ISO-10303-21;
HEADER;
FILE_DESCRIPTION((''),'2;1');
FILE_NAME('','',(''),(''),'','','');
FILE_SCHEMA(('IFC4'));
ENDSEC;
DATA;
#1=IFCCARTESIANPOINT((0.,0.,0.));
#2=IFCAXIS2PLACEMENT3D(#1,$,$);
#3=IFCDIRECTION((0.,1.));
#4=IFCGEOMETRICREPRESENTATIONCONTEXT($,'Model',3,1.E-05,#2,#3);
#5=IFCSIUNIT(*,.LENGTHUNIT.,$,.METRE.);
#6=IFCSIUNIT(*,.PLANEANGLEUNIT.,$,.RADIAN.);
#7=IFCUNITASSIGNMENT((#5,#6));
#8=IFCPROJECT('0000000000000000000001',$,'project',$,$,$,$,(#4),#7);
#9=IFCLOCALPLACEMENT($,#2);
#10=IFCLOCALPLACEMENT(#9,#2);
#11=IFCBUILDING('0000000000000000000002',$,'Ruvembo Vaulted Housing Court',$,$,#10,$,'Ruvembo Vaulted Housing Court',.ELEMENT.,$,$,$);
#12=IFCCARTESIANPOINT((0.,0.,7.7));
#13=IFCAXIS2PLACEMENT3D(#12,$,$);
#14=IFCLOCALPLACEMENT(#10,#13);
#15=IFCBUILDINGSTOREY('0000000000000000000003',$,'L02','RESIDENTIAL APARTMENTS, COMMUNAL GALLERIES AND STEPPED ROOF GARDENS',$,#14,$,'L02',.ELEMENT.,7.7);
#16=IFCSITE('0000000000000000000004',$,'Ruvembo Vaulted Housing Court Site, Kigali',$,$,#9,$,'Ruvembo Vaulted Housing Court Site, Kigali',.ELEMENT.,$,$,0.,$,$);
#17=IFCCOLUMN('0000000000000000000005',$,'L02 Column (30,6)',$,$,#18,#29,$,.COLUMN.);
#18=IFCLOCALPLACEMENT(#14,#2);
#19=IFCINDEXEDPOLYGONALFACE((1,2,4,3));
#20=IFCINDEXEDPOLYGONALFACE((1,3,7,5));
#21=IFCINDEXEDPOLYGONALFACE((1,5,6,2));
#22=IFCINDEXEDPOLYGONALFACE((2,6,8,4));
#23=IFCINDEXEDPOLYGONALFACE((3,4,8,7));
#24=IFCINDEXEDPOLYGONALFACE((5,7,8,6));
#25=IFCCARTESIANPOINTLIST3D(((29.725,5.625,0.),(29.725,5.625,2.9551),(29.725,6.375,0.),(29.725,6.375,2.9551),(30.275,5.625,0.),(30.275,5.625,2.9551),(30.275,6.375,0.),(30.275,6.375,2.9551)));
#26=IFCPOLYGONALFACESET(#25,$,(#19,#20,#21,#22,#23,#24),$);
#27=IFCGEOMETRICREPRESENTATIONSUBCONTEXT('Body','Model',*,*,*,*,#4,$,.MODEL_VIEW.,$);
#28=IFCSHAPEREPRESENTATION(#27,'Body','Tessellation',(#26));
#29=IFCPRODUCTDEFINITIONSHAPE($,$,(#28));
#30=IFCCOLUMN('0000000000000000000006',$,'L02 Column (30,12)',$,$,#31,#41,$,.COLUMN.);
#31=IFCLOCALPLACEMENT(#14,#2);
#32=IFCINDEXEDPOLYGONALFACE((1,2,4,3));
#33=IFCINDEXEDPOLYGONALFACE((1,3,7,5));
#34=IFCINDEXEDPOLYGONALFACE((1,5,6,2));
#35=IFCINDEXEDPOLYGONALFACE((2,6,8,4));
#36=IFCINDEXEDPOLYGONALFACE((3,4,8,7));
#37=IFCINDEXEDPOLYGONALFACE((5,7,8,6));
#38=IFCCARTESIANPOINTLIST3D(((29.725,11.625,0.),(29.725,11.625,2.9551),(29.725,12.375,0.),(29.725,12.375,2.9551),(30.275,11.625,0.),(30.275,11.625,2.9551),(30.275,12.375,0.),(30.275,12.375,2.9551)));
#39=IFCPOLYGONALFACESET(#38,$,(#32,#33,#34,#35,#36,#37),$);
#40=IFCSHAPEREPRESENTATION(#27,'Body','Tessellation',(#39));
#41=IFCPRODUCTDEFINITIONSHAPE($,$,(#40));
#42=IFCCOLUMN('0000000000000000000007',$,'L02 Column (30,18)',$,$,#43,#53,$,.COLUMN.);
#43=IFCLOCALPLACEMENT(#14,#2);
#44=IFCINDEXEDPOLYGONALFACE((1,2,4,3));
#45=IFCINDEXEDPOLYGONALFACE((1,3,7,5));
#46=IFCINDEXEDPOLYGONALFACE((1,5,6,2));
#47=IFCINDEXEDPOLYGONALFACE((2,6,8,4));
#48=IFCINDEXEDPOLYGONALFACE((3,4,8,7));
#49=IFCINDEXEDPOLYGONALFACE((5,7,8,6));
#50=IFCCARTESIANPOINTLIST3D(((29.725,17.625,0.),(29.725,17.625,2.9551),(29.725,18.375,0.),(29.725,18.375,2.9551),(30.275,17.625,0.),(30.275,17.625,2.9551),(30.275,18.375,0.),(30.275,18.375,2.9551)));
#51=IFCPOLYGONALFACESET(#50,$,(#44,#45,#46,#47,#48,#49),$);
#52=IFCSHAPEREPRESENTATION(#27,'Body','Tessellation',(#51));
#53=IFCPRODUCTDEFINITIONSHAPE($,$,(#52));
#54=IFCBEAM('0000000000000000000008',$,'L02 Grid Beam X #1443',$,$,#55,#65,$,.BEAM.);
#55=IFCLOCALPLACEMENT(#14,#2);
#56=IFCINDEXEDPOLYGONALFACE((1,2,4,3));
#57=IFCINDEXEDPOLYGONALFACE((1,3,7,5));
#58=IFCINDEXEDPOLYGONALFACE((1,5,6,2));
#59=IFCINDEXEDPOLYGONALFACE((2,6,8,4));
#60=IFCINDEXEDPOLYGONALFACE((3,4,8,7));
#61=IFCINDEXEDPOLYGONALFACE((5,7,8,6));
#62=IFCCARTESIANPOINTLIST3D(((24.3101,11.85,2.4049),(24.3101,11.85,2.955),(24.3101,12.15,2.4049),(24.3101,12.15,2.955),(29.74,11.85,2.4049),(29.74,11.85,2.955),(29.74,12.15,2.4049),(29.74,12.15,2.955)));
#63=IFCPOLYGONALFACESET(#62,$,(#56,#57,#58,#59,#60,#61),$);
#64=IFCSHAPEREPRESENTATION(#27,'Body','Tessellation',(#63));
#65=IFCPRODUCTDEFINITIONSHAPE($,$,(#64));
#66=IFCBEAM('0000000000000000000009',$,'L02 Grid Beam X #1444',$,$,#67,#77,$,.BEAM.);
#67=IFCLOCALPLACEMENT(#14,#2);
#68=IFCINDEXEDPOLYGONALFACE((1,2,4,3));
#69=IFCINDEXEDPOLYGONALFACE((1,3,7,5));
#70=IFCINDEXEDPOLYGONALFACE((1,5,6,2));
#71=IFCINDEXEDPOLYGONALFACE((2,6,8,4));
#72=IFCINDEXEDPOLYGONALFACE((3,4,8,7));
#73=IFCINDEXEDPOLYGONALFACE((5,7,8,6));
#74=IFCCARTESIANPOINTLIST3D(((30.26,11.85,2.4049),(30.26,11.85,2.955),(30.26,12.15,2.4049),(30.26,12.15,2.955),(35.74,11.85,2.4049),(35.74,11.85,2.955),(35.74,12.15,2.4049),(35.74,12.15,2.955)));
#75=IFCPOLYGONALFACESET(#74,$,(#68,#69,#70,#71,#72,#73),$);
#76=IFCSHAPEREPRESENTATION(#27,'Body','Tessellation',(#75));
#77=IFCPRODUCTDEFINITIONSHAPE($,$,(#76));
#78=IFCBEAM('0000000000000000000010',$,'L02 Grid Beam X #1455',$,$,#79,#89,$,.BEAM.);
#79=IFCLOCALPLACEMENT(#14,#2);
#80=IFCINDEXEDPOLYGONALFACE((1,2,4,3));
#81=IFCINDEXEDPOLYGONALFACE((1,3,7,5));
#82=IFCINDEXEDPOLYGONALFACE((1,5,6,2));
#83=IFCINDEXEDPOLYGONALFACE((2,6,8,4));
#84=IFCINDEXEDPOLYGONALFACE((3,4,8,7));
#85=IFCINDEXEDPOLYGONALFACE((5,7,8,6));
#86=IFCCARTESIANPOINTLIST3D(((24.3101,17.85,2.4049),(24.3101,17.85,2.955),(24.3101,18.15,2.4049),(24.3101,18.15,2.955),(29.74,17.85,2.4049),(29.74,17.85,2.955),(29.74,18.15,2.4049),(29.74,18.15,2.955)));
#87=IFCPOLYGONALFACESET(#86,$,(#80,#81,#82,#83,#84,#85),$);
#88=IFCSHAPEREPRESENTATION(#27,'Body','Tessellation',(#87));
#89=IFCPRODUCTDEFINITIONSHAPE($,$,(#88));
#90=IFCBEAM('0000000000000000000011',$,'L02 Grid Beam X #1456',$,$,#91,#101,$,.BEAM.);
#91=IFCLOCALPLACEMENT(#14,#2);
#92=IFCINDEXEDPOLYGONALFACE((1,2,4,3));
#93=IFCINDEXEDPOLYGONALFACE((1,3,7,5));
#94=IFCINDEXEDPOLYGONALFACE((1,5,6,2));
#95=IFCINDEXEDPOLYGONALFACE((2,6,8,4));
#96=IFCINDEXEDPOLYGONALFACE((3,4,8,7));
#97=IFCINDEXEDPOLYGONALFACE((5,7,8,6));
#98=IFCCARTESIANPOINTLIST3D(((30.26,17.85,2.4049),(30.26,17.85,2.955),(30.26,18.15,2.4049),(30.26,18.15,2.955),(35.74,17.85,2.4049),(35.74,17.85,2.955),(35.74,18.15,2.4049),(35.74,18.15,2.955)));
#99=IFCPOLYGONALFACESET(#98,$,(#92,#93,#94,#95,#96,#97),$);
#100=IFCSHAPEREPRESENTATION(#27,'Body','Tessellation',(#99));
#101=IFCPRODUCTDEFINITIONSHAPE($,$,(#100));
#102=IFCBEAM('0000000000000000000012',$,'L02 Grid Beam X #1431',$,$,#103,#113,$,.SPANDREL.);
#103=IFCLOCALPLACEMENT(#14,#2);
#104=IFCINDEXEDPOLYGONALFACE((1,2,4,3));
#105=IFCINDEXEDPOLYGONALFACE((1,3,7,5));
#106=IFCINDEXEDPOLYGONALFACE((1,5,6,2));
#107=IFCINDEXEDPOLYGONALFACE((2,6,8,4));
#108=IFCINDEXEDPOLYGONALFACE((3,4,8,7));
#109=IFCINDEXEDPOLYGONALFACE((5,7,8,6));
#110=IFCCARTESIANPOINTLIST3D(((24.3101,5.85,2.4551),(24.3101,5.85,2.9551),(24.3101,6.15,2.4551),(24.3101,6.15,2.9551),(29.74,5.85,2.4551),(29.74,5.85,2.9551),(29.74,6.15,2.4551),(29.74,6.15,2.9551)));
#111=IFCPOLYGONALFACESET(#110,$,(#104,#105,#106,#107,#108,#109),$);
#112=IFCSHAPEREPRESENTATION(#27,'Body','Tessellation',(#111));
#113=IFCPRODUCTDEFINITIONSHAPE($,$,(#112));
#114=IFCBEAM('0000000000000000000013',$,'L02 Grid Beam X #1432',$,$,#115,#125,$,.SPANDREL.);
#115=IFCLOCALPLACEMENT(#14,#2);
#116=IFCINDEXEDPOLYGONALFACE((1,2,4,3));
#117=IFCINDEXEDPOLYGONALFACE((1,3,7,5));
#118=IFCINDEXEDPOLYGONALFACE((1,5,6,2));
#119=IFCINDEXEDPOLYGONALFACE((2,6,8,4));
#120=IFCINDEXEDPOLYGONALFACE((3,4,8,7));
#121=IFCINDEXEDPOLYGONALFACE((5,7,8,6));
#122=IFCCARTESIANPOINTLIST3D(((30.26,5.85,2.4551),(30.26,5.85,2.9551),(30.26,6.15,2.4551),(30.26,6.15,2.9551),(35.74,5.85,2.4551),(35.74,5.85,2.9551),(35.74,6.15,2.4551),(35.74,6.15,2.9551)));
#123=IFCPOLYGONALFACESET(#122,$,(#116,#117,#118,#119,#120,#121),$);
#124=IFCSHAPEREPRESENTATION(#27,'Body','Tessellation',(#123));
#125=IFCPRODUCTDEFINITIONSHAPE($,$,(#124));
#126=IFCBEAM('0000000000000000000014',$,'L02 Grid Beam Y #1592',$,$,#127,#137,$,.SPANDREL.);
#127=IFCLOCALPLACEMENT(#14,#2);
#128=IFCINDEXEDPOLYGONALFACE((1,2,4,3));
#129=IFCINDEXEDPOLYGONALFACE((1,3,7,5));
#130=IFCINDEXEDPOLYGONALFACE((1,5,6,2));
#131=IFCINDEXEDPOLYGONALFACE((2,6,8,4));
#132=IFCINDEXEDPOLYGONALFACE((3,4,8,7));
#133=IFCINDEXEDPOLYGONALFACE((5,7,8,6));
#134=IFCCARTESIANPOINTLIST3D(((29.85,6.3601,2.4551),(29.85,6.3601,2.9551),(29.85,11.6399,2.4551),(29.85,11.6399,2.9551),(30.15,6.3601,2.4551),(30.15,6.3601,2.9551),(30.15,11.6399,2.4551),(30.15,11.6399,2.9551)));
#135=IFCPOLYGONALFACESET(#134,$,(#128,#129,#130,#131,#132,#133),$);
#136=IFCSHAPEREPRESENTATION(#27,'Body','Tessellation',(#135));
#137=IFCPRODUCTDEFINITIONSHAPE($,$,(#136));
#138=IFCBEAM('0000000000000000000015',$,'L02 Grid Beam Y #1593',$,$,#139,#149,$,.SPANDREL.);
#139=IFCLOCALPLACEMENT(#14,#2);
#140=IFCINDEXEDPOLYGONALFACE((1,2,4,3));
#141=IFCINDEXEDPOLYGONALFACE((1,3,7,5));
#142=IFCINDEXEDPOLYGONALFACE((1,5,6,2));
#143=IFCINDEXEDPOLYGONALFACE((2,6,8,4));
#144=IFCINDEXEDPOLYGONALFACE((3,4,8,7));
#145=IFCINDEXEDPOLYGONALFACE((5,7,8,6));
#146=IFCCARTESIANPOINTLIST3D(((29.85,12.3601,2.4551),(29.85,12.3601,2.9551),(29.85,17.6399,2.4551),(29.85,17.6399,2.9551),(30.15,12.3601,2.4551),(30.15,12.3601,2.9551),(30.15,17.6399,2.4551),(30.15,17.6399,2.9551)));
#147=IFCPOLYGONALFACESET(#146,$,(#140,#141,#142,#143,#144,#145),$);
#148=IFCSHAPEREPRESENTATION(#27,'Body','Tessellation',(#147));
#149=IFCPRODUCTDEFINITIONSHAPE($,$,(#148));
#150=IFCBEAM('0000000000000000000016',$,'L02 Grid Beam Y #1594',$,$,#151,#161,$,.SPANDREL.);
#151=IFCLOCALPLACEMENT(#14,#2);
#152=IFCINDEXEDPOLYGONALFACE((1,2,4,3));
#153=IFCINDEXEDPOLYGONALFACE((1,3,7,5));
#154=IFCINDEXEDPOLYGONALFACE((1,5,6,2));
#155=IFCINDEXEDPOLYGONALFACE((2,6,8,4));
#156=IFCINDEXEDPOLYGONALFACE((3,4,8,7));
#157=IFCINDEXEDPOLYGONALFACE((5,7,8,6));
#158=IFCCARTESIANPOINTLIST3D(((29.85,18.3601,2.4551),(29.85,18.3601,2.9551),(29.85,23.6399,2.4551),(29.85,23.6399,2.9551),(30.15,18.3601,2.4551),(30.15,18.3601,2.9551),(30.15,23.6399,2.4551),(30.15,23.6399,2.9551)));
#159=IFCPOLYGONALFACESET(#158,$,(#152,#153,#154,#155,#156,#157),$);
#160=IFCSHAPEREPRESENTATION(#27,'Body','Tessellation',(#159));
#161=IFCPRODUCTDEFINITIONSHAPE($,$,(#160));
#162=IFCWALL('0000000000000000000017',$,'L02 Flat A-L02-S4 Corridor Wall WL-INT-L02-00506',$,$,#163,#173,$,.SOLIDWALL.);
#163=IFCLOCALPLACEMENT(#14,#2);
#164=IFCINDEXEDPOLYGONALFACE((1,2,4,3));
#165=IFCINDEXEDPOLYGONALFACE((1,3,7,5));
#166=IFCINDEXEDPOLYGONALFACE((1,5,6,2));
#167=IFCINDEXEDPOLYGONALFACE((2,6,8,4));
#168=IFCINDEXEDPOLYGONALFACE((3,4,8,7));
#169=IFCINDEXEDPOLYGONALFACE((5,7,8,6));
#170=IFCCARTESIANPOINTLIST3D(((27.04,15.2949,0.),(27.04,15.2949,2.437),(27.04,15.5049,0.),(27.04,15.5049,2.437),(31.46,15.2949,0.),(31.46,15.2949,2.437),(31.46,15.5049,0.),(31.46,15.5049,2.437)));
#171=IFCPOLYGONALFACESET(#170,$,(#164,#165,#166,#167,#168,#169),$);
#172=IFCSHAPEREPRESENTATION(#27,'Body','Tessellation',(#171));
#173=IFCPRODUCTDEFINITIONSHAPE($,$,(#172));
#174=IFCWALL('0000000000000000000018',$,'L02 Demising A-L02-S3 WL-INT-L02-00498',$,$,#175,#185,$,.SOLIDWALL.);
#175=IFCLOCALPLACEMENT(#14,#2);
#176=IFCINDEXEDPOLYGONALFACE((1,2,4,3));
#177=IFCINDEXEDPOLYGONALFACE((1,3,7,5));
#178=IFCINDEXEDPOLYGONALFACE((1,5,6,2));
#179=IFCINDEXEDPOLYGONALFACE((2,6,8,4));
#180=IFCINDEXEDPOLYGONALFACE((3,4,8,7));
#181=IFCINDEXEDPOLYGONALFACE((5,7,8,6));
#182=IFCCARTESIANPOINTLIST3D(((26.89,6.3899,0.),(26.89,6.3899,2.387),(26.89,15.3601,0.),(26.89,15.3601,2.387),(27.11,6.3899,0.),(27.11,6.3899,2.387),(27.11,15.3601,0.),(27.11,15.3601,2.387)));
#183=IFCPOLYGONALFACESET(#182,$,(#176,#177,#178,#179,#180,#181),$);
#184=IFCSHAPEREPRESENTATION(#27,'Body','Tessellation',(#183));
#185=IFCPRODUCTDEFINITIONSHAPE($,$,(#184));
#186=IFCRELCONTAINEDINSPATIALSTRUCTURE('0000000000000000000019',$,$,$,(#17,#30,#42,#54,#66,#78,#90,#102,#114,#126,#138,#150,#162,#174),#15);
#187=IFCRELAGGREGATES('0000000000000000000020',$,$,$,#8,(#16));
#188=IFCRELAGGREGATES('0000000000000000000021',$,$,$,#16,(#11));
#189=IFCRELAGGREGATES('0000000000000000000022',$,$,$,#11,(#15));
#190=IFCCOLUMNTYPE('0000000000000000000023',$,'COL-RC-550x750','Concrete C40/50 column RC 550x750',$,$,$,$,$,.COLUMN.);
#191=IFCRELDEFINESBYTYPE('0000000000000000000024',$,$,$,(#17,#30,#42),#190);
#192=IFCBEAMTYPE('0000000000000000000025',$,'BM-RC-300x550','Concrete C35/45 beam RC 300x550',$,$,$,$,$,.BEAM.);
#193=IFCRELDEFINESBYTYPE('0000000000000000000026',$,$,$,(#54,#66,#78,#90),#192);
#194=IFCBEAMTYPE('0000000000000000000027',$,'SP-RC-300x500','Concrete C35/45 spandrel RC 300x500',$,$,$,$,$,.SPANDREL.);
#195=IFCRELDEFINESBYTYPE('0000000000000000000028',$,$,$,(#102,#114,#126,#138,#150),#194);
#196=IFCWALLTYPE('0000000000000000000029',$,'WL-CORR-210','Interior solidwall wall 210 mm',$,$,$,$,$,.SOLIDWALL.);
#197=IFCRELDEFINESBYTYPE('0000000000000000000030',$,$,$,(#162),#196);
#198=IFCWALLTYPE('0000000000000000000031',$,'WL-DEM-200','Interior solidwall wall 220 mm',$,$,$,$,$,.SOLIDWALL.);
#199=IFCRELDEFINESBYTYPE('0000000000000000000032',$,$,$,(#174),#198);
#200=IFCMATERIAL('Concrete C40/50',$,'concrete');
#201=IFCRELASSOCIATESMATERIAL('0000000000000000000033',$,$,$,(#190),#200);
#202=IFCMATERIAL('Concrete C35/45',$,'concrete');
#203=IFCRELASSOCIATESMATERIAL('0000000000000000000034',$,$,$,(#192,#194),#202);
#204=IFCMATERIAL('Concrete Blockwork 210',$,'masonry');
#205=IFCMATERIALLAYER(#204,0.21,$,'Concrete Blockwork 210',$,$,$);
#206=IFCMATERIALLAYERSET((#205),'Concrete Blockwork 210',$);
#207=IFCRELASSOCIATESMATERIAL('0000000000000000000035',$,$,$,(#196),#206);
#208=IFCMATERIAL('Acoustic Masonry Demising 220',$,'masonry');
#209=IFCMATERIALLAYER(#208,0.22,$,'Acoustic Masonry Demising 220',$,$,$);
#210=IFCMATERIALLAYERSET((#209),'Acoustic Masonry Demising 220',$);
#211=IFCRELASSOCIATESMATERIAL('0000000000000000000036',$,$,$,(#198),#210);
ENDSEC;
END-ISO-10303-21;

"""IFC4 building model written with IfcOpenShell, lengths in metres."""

from ifc_helpers import new_model, si_unit, direction, frame, frame_2d, origin, origin_2d, place, context, subcontext, project, spatial, rectangle, extrude, material, layer, layer_set, material_profile, profile_set, type_object, element, save


model = new_model("IFC4")

# Units and contexts
model_context = context("Model", 3, precision=1e-05, world=origin(), true_north=direction((0.0, 1.0)))
body_context = subcontext(model_context, "Body", "Model", "MODEL_VIEW")
ifc_project = project(units=[si_unit("LENGTHUNIT", "METRE"), si_unit("PLANEANGLEUNIT", "RADIAN")], contexts=[model_context])

# Site, building, storey
site_placement = place(None, origin())
site = spatial("IfcSite", under=ifc_project, at=site_placement, Name="Ruvembo Vaulted Housing Court Site, Kigali", LongName="Ruvembo Vaulted Housing Court Site, Kigali", CompositionType="ELEMENT", RefElevation=0.0)
building_placement = place(site_placement, origin())
building = spatial("IfcBuilding", under=site, at=building_placement, Name="Ruvembo Vaulted Housing Court", LongName="Ruvembo Vaulted Housing Court", CompositionType="ELEMENT")
storey_placement = place(building_placement, frame((0.0, 0.0, 7.7)))
storey = spatial("IfcBuildingStorey", under=building, at=storey_placement, Name="L02", Description="RESIDENTIAL APARTMENTS, COMMUNAL GALLERIES AND STEPPED ROOF GARDENS", LongName="L02", CompositionType="ELEMENT", Elevation=7.7)

# Columns
ifc_material_1 = material(Name="Concrete C40/50", Category="concrete")
ifc_material_profile_1 = material_profile(ifc_material_1, rectangle(XDim=0.55, YDim=0.75, at=origin_2d()), Name="RC 550x750")
ifc_profile_set_1 = profile_set([ifc_material_profile_1], Name="Concrete C40/50")
column_type = type_object("IfcColumnType", Name="COL-RC-550x750", Description="Concrete C40/50 column RC 550x750", PredefinedType="COLUMN", material=ifc_profile_set_1)
for number, where, z_axis, x_axis, name in (
    (1, (30.0, 6.0, 0.0), (0.0, 0.0, 1.0), (1.0, 0.0, 0.0), "L02 Column (30,6)"),
    (2, (30.0, 12.0, 0.0), (0.0, 0.0, 1.0), (1.0, 0.0, 0.0), "L02 Column (30,12)"),
    (3, (30.0, 18.0, 0.0), (0.0, 0.0, 1.0), (1.0, 0.0, 0.0), "L02 Column (30,18)"),
):
    element("IfcColumn", number, at=place(storey_placement, frame(where, z_axis=z_axis, x_axis=x_axis)), inside=storey, type_object=column_type, Name=name, PredefinedType="COLUMN", context=body_context, shape_type="SweptSolid", body=[
        extrude(rectangle(XDim=0.55, YDim=0.75, at=origin_2d()), origin(), (0.0, 0.0, 1.0), 2.9551),
    ])

# Beams
ifc_material_2 = material(Name="Concrete C35/45", Category="concrete")
ifc_material_profile_2 = material_profile(ifc_material_2, rectangle(XDim=0.3, YDim=0.55, at=origin_2d()), Name="RC 300x550")
ifc_profile_set_2 = profile_set([ifc_material_profile_2], Name="Concrete C35/45")
beam_type_1 = type_object("IfcBeamType", Name="BM-RC-300x550", Description="Concrete C35/45 beam RC 300x550", PredefinedType="BEAM", material=ifc_profile_set_2)
beam_1_placement = place(storey_placement, frame((24.3101, 12.0, 2.6799), z_axis=(1.0, 0.0, 0.0), x_axis=(0.0, 1.0, 0.0)))
element("IfcBeam", 4, at=beam_1_placement, inside=storey, type_object=beam_type_1, Name="L02 Grid Beam X #1443", PredefinedType="BEAM", context=body_context, shape_type="SweptSolid", body=[
    extrude(rectangle(XDim=0.3, YDim=0.55, at=origin_2d()), origin(), (0.0, 0.0, 1.0), 5.4299),
])
beam_2_placement = place(storey_placement, frame((30.26, 12.0, 2.6799), z_axis=(1.0, 0.0, 0.0), x_axis=(0.0, 1.0, 0.0)))
element("IfcBeam", 5, at=beam_2_placement, inside=storey, type_object=beam_type_1, Name="L02 Grid Beam X #1444", PredefinedType="BEAM", context=body_context, shape_type="SweptSolid", body=[
    extrude(rectangle(XDim=0.3, YDim=0.55, at=origin_2d()), origin(), (0.0, 0.0, 1.0), 5.48),
])
beam_3_placement = place(storey_placement, frame((24.3101, 18.0, 2.6799), z_axis=(1.0, 0.0, 0.0), x_axis=(0.0, 1.0, 0.0)))
element("IfcBeam", 6, at=beam_3_placement, inside=storey, type_object=beam_type_1, Name="L02 Grid Beam X #1455", PredefinedType="BEAM", context=body_context, shape_type="SweptSolid", body=[
    extrude(rectangle(XDim=0.3, YDim=0.55, at=origin_2d()), origin(), (0.0, 0.0, 1.0), 5.4299),
])
beam_4_placement = place(storey_placement, frame((30.26, 18.0, 2.6799), z_axis=(1.0, 0.0, 0.0), x_axis=(0.0, 1.0, 0.0)))
element("IfcBeam", 7, at=beam_4_placement, inside=storey, type_object=beam_type_1, Name="L02 Grid Beam X #1456", PredefinedType="BEAM", context=body_context, shape_type="SweptSolid", body=[
    extrude(rectangle(XDim=0.3, YDim=0.55, at=origin_2d()), origin(), (0.0, 0.0, 1.0), 5.48),
])
ifc_material_profile_3 = material_profile(ifc_material_2, rectangle(XDim=0.3, YDim=0.5, at=origin_2d()), Name="RC 300x500")
ifc_profile_set_3 = profile_set([ifc_material_profile_3], Name="Concrete C35/45")
beam_type_2 = type_object("IfcBeamType", Name="SP-RC-300x500", Description="Concrete C35/45 spandrel RC 300x500", PredefinedType="SPANDREL", material=ifc_profile_set_3)
beam_5_placement = place(storey_placement, frame((24.3101, 6.0, 2.7051), z_axis=(1.0, 0.0, 0.0), x_axis=(0.0, 1.0, 0.0)))
element("IfcBeam", 8, at=beam_5_placement, inside=storey, type_object=beam_type_2, Name="L02 Grid Beam X #1431", PredefinedType="SPANDREL", context=body_context, shape_type="SweptSolid", body=[
    extrude(rectangle(XDim=0.3, YDim=0.5, at=origin_2d()), origin(), (0.0, 0.0, 1.0), 5.4299),
])
beam_6_placement = place(storey_placement, frame((30.26, 6.0, 2.7051), z_axis=(1.0, 0.0, 0.0), x_axis=(0.0, 1.0, 0.0)))
element("IfcBeam", 9, at=beam_6_placement, inside=storey, type_object=beam_type_2, Name="L02 Grid Beam X #1432", PredefinedType="SPANDREL", context=body_context, shape_type="SweptSolid", body=[
    extrude(rectangle(XDim=0.3, YDim=0.5, at=origin_2d()), origin(), (0.0, 0.0, 1.0), 5.48),
])
for number, where, z_axis, x_axis, name in (
    (10, (30.0, 6.3601, 2.7051), (0.0, 1.0, 0.0), (-1.0, 0.0, 0.0), "L02 Grid Beam Y #1592"),
    (11, (30.0, 12.3601, 2.7051), (0.0, 1.0, 0.0), (-1.0, 0.0, 0.0), "L02 Grid Beam Y #1593"),
    (12, (30.0, 18.3601, 2.7051), (0.0, 1.0, 0.0), (-1.0, 0.0, 0.0), "L02 Grid Beam Y #1594"),
):
    element("IfcBeam", number, at=place(storey_placement, frame(where, z_axis=z_axis, x_axis=x_axis)), inside=storey, type_object=beam_type_2, Name=name, PredefinedType="SPANDREL", context=body_context, shape_type="SweptSolid", body=[
        extrude(rectangle(XDim=0.3, YDim=0.5, at=origin_2d()), origin(), (0.0, 0.0, 1.0), 5.2798),
    ])

# Walls
ifc_material_3 = material(Name="Concrete Blockwork 210", Category="masonry")
ifc_layer_1 = layer(ifc_material_3, 0.21, Name="Concrete Blockwork 210")
ifc_layer_set_1 = layer_set([ifc_layer_1], Name="Concrete Blockwork 210")
wall_type_1 = type_object("IfcWallType", Name="WL-CORR-210", Description="Interior solidwall wall 210 mm", PredefinedType="SOLIDWALL", material=ifc_layer_set_1)
wall_1_placement = place(storey_placement, frame((27.04, 15.3999, 0.0), z_axis=(0.0, 0.0, 1.0), x_axis=(1.0, 0.0, 0.0)))
element("IfcWall", 13, at=wall_1_placement, inside=storey, type_object=wall_type_1, Name="L02 Flat A-L02-S4 Corridor Wall WL-INT-L02-00506", PredefinedType="SOLIDWALL", context=body_context, shape_type="SweptSolid", body=[
    extrude(rectangle(XDim=4.4199, YDim=0.21, at=frame_2d((2.21, 0.0))), origin(), (0.0, 0.0, 1.0), 2.437),
])
ifc_material_4 = material(Name="Acoustic Masonry Demising 220", Category="masonry")
ifc_layer_2 = layer(ifc_material_4, 0.22, Name="Acoustic Masonry Demising 220")
ifc_layer_set_2 = layer_set([ifc_layer_2], Name="Acoustic Masonry Demising 220")
wall_type_2 = type_object("IfcWallType", Name="WL-DEM-200", Description="Interior solidwall wall 220 mm", PredefinedType="SOLIDWALL", material=ifc_layer_set_2)
wall_2_placement = place(storey_placement, frame((27.0, 6.3899, 0.0), z_axis=(0.0, 0.0, 1.0), x_axis=(0.0, 1.0, 0.0)))
element("IfcWall", 14, at=wall_2_placement, inside=storey, type_object=wall_type_2, Name="L02 Demising A-L02-S3 WL-INT-L02-00498", PredefinedType="SOLIDWALL", context=body_context, shape_type="SweptSolid", body=[
    extrude(rectangle(XDim=8.9702, YDim=0.22, at=frame_2d((4.4851, 0.0))), origin(), (0.0, 0.0, 1.0), 2.387),
])

save(model, "model.ifc")
